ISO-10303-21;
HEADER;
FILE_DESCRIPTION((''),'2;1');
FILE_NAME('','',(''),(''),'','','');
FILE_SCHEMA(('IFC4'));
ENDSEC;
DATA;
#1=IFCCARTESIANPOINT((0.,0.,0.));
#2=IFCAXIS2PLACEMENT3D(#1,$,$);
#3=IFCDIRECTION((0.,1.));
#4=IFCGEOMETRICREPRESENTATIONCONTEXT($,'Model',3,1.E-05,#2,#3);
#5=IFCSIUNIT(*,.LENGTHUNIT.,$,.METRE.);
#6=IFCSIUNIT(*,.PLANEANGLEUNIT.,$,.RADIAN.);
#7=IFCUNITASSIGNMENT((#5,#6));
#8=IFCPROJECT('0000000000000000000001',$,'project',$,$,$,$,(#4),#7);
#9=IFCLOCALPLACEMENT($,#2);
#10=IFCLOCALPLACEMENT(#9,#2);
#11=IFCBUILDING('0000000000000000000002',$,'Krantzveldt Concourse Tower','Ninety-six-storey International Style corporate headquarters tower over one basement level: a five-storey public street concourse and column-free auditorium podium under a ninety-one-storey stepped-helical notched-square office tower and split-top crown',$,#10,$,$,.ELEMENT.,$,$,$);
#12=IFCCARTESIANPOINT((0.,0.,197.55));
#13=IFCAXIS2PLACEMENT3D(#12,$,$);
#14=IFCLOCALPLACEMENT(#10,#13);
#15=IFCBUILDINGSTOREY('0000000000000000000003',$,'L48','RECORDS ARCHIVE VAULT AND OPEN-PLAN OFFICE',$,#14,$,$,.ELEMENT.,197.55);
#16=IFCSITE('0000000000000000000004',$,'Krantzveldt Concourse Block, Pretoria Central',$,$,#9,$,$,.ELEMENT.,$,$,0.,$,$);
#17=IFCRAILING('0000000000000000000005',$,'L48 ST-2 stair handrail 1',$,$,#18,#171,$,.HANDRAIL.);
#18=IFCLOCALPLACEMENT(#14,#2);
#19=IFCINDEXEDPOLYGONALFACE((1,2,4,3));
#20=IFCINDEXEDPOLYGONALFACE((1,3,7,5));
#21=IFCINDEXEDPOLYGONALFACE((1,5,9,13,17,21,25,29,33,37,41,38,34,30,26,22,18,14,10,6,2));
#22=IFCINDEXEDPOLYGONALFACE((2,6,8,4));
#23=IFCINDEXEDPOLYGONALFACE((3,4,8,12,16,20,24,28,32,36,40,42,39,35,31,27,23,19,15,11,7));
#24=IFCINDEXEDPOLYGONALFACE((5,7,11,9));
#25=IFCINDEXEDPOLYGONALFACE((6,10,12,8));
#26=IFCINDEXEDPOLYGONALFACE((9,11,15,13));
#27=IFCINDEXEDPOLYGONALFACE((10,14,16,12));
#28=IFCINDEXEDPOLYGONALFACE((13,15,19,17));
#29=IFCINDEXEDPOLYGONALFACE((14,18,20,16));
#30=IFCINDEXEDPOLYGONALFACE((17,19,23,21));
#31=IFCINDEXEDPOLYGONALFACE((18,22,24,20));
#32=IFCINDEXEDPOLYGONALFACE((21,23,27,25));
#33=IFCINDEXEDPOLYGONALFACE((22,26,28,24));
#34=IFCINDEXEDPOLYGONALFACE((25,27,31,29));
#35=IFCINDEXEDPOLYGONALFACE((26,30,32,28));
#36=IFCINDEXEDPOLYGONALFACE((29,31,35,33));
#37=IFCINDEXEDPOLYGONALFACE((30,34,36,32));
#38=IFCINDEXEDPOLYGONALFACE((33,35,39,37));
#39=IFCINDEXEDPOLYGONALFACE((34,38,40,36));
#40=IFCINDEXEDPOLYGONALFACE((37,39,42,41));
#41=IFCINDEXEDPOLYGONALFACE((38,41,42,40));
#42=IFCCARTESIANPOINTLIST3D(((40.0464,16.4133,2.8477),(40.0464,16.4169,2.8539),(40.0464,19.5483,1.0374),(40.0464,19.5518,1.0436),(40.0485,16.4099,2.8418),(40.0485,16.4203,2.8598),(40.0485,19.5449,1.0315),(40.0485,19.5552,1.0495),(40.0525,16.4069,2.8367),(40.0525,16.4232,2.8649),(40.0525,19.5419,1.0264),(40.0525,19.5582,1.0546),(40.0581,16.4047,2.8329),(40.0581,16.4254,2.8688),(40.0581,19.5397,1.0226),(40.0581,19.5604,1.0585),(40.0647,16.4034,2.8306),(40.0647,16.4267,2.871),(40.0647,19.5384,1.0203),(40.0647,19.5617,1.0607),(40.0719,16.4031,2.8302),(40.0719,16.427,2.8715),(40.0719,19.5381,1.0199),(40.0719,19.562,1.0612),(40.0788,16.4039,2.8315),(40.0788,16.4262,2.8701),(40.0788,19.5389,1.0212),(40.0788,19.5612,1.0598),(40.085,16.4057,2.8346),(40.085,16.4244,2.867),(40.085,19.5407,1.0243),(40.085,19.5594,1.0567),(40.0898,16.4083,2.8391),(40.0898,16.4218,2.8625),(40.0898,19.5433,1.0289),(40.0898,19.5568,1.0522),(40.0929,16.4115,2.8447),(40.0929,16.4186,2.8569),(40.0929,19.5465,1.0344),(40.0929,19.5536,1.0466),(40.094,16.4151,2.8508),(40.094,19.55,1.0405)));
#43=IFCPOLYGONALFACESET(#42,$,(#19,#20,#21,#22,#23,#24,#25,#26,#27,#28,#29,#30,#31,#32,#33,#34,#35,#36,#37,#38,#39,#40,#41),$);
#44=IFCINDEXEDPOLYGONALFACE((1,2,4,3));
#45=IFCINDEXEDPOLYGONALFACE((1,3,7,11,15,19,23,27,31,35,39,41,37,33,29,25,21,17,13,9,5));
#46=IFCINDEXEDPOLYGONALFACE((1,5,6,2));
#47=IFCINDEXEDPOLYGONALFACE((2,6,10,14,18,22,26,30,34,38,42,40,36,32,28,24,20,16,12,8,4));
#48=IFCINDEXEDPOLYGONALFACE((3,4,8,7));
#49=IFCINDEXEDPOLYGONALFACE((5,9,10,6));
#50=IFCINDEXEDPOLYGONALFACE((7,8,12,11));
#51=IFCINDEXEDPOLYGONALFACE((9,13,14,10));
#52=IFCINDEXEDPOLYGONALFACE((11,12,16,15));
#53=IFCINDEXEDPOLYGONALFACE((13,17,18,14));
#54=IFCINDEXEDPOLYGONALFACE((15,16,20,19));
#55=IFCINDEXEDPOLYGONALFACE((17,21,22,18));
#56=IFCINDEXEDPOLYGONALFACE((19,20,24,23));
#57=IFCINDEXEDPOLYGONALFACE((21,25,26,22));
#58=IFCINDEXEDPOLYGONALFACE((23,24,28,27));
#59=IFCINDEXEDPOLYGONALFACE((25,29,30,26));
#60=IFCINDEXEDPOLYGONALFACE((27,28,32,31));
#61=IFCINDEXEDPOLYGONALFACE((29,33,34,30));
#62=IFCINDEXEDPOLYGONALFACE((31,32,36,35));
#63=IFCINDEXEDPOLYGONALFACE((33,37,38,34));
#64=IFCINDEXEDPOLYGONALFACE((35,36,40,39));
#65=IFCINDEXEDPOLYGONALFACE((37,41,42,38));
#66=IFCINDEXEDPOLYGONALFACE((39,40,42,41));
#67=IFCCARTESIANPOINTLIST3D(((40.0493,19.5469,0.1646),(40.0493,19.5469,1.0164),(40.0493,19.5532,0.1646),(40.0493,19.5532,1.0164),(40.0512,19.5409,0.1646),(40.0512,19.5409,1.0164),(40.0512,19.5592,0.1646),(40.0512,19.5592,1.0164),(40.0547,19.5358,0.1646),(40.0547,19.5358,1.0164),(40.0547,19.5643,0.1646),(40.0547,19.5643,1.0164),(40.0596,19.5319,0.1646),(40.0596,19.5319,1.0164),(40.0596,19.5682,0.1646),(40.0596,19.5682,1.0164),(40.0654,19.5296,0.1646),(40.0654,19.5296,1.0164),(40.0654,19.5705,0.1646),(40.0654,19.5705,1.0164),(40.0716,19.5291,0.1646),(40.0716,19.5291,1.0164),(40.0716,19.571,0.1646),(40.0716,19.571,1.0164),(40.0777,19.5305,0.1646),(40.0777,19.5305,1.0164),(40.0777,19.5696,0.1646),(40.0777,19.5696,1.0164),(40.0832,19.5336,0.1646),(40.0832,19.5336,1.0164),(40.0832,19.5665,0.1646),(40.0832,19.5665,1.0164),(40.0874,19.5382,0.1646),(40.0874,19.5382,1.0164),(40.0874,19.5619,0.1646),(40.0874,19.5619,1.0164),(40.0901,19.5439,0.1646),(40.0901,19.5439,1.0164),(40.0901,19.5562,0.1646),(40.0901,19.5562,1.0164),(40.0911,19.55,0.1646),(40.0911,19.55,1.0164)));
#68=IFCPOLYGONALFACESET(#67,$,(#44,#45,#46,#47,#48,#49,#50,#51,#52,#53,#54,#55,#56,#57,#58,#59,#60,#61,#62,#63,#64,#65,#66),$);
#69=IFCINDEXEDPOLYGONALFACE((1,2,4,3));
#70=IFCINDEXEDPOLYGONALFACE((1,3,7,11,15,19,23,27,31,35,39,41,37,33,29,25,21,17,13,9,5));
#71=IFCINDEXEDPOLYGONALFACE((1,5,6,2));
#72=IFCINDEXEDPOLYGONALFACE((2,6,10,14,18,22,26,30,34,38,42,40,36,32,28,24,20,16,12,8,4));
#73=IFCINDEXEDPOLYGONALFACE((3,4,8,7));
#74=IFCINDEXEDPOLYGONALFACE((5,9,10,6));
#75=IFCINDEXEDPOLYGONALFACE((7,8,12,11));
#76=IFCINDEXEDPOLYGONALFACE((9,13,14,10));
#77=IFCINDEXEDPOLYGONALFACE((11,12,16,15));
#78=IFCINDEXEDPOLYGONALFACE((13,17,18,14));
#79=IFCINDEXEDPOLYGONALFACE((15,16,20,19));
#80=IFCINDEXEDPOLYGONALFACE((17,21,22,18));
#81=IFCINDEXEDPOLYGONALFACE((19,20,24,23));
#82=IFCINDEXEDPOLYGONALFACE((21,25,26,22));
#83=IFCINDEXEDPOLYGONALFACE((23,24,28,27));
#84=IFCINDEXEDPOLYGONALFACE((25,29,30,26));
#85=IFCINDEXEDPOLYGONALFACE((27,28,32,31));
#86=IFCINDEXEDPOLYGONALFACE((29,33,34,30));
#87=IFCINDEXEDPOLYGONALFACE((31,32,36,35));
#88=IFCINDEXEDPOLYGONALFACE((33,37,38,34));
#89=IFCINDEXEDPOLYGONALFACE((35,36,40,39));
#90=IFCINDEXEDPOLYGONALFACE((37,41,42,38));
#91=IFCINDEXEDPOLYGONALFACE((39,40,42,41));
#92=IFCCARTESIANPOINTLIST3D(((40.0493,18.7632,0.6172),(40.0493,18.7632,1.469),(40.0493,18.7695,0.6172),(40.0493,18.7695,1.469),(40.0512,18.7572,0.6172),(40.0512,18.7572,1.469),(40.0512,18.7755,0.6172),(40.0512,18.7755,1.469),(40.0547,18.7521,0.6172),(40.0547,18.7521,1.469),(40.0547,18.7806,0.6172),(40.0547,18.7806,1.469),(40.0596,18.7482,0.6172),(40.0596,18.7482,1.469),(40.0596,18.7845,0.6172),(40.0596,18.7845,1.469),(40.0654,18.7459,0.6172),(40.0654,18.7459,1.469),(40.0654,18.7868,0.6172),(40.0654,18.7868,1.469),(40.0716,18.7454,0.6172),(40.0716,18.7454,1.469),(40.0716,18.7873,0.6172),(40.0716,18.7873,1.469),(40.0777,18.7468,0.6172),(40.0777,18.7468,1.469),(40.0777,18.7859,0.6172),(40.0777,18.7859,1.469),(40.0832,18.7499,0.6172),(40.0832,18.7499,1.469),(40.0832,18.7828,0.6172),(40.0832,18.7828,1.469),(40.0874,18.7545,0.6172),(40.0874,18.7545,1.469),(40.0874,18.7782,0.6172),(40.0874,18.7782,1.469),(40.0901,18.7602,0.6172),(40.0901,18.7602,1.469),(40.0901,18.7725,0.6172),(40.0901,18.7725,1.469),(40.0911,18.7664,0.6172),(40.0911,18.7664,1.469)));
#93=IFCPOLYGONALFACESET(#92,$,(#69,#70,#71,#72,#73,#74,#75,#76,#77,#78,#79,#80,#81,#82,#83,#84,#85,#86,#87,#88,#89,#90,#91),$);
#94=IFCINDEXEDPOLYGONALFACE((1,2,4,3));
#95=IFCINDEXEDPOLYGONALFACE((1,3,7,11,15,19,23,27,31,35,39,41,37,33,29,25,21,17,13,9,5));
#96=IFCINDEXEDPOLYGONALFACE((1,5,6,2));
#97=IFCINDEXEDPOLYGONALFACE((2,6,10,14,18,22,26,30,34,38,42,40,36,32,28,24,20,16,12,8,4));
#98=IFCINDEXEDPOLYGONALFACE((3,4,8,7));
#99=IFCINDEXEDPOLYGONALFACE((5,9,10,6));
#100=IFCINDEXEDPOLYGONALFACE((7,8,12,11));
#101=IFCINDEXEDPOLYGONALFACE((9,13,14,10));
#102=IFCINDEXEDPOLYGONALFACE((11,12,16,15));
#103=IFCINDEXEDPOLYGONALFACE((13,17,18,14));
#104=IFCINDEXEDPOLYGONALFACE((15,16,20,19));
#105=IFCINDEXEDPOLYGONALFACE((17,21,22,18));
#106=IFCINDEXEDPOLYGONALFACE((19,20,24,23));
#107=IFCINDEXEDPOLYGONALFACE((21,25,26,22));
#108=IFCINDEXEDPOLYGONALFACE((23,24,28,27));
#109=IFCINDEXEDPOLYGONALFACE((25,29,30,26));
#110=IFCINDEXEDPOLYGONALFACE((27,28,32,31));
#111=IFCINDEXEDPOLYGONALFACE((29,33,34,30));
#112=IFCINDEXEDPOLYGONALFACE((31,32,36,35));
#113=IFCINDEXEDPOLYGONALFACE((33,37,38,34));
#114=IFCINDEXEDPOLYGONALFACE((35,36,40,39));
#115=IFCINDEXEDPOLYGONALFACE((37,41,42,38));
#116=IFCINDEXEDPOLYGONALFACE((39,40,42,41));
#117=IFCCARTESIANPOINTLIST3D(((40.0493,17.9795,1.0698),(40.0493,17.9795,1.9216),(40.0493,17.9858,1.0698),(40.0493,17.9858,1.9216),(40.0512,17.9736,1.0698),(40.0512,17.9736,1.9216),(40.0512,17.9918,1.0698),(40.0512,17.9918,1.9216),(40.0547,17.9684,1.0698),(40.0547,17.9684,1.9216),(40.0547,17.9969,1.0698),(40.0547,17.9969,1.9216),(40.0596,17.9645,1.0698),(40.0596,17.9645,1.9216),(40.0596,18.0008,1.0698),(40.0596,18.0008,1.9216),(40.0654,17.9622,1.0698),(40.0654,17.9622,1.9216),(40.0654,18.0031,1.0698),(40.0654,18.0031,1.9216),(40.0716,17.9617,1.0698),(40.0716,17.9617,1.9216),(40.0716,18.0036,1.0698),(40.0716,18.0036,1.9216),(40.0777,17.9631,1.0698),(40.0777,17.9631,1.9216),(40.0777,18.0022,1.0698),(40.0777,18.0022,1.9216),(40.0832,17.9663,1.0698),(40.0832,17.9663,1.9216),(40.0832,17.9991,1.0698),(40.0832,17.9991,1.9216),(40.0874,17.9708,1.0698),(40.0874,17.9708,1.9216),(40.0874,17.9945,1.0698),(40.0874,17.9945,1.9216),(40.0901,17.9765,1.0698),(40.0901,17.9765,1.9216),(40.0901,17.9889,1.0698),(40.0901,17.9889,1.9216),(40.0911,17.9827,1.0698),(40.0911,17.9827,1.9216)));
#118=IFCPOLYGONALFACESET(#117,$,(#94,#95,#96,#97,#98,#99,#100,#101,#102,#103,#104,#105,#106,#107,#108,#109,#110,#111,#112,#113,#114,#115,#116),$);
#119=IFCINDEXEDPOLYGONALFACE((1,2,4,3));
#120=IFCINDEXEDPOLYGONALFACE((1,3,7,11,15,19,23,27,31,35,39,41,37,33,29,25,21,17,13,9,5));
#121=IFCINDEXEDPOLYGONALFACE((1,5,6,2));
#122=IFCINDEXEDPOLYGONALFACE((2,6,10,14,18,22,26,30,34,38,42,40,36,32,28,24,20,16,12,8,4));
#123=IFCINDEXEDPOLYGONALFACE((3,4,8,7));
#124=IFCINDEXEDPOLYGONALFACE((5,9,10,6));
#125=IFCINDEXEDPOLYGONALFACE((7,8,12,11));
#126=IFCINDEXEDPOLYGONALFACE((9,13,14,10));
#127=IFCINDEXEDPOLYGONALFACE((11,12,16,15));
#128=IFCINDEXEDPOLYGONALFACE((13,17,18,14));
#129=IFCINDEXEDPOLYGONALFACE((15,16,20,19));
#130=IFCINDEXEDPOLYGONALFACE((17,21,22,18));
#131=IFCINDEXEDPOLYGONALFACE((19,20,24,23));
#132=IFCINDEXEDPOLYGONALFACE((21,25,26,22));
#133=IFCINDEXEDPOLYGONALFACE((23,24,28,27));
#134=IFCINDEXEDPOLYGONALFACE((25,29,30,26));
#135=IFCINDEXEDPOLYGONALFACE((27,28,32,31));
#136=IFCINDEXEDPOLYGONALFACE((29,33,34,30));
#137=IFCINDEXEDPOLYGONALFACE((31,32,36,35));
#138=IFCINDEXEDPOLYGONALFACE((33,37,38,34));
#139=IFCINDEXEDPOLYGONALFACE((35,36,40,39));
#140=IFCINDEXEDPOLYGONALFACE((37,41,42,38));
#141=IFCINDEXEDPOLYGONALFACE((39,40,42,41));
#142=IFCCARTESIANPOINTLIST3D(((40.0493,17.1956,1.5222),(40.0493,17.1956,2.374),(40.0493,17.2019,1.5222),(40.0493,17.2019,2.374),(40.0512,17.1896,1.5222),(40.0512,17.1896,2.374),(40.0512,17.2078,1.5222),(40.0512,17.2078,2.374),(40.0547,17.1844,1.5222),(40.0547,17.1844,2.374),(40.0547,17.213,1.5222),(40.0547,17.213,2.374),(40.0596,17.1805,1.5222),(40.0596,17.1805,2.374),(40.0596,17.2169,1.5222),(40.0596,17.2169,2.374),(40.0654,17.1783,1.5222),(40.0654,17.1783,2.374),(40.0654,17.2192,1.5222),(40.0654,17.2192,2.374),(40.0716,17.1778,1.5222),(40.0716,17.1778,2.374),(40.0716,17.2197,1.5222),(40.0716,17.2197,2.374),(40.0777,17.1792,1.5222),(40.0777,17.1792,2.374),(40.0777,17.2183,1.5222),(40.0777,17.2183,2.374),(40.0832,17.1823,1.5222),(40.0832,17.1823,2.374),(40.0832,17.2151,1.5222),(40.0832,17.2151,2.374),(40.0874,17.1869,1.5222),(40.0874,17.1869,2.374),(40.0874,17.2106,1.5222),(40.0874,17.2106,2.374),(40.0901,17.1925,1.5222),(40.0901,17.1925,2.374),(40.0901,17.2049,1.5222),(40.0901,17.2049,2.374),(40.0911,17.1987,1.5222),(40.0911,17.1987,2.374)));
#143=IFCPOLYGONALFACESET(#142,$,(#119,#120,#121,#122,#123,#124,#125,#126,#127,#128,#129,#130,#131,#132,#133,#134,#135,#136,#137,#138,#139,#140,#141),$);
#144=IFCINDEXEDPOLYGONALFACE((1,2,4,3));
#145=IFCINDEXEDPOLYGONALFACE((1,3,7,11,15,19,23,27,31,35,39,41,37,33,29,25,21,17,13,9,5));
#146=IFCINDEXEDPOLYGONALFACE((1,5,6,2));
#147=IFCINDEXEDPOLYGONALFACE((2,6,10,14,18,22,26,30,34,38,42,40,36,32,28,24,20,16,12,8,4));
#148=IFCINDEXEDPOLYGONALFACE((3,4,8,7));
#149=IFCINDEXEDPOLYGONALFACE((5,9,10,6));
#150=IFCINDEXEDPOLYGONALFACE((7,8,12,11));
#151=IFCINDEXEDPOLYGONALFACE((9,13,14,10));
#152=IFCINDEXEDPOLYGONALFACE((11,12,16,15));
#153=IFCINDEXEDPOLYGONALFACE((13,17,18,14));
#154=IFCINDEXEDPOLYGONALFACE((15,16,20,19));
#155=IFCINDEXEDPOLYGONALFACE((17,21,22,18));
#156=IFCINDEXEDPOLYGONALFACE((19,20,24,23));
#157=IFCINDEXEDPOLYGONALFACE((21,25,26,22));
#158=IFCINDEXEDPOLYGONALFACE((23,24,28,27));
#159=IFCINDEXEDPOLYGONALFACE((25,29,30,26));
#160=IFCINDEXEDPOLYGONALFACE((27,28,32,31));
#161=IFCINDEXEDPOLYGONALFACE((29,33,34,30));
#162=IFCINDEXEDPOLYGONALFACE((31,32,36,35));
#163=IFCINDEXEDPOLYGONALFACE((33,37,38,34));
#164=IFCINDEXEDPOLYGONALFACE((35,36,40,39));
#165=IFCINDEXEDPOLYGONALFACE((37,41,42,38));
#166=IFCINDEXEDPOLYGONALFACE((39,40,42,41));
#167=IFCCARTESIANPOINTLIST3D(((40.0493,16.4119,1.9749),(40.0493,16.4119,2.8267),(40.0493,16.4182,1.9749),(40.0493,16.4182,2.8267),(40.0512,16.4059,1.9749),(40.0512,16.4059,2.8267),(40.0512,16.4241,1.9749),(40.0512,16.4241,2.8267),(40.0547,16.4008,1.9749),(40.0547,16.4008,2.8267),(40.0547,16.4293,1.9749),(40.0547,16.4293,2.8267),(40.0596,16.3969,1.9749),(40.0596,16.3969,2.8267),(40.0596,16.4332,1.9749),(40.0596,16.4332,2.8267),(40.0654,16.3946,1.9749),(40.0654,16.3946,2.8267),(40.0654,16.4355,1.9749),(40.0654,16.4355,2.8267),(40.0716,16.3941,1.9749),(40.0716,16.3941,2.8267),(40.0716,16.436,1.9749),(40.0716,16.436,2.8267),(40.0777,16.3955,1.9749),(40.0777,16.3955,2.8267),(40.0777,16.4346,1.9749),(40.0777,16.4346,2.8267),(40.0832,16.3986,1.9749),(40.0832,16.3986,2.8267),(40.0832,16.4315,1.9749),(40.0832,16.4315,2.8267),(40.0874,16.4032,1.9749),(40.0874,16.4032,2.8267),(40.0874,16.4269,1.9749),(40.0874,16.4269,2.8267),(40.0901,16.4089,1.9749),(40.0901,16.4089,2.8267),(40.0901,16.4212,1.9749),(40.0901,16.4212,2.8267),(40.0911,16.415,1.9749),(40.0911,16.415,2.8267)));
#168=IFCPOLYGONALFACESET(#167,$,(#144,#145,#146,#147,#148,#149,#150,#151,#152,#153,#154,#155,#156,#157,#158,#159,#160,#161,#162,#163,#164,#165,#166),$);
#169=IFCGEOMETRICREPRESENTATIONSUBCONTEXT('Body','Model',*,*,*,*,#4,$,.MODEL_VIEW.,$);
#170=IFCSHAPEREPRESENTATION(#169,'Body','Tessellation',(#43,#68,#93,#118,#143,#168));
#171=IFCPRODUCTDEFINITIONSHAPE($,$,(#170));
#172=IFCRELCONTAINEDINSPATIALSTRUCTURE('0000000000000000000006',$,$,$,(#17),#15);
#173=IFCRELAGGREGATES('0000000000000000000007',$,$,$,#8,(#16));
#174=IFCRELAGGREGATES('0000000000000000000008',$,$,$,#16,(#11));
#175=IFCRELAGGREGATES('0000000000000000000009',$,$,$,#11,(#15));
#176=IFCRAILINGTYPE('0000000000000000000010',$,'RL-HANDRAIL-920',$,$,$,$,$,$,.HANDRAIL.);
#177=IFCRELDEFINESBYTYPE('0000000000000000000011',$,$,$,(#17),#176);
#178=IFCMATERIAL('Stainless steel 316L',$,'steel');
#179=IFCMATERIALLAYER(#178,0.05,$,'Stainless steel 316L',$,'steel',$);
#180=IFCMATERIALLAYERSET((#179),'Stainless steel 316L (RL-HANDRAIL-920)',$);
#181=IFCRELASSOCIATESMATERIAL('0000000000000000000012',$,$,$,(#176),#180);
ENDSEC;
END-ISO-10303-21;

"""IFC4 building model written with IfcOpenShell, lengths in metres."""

from ifc_helpers import new_model, si_unit, direction, frame, origin, origin_2d, place, context, subcontext, project, spatial, circle, extrude, material, layer, layer_set, type_object, element, save


model = new_model("IFC4")

# Units and contexts
model_context = context("Model", 3, precision=1e-05, world=origin(), true_north=direction((0.0, 1.0)))
body_context = subcontext(model_context, "Body", "Model", "MODEL_VIEW")
ifc_project = project(units=[si_unit("LENGTHUNIT", "METRE"), si_unit("PLANEANGLEUNIT", "RADIAN")], contexts=[model_context])

# Site, building, storey
site_placement = place(None, origin())
site = spatial("IfcSite", under=ifc_project, at=site_placement, Name="Krantzveldt Concourse Block, Pretoria Central", CompositionType="ELEMENT", RefElevation=0.0)
building_placement = place(site_placement, origin())
building = spatial("IfcBuilding", under=site, at=building_placement, Name="Krantzveldt Concourse Tower", Description="Ninety-six-storey International Style corporate headquarters tower over one basement level: a five-storey public street concourse and column-free auditorium podium under a ninety-one-storey stepped-helical notched-square office tower and split-top crown", CompositionType="ELEMENT")
storey_placement = place(building_placement, frame((0.0, 0.0, 197.55)))
storey = spatial("IfcBuildingStorey", under=building, at=storey_placement, Name="L48", Description="RECORDS ARCHIVE VAULT AND OPEN-PLAN OFFICE", CompositionType="ELEMENT", Elevation=197.55)

# Shared definitions
ifc_material_1 = material(Name="Stainless steel 316L", Category="steel")

# Railing
ifc_layer_1 = layer(ifc_material_1, 0.05, Name="Stainless steel 316L", Category="steel")
ifc_layer_set_1 = layer_set([ifc_layer_1], Name="Stainless steel 316L (RL-HANDRAIL-920)")
railing_type_1 = type_object("IfcRailingType", Name="RL-HANDRAIL-920", PredefinedType="HANDRAIL", material=ifc_layer_set_1)
railing_1_placement = place(storey_placement, frame((40.0701, 19.55, 0.1646)))
element("IfcRailing", 1, at=railing_1_placement, inside=storey, type_object=railing_type_1, Name="L48 ST-2 stair handrail 1", PredefinedType="HANDRAIL", context=body_context, shape_type="SweptSolid", body=[
    extrude(circle(Radius=0.0239, at=origin_2d()), frame((0.0, 0.0, 0.876), z_axis=(0.0, -0.865989, 0.500063), x_axis=(1.0, 0.0, 0.0)), (0.0, 0.0, 1.0), 3.6201),
    extrude(circle(Radius=0.021, at=origin_2d()), origin(), (0.0, 0.0, 1.0), 0.8518),
    extrude(circle(Radius=0.021, at=origin_2d()), frame((0.0, -0.7837, 0.4526)), (0.0, 0.0, 1.0), 0.8518),
    extrude(circle(Radius=0.021, at=origin_2d()), frame((0.0, -1.5674, 0.9053)), (0.0, 0.0, 1.0), 0.8518),
    extrude(circle(Radius=0.021, at=origin_2d()), frame((0.0, -2.3513, 1.3577)), (0.0, 0.0, 1.0), 0.8518),
    extrude(circle(Radius=0.021, at=origin_2d()), frame((0.0, -3.135, 1.8103)), (0.0, 0.0, 1.0), 0.8518),
])

save(model, "model.ifc")
